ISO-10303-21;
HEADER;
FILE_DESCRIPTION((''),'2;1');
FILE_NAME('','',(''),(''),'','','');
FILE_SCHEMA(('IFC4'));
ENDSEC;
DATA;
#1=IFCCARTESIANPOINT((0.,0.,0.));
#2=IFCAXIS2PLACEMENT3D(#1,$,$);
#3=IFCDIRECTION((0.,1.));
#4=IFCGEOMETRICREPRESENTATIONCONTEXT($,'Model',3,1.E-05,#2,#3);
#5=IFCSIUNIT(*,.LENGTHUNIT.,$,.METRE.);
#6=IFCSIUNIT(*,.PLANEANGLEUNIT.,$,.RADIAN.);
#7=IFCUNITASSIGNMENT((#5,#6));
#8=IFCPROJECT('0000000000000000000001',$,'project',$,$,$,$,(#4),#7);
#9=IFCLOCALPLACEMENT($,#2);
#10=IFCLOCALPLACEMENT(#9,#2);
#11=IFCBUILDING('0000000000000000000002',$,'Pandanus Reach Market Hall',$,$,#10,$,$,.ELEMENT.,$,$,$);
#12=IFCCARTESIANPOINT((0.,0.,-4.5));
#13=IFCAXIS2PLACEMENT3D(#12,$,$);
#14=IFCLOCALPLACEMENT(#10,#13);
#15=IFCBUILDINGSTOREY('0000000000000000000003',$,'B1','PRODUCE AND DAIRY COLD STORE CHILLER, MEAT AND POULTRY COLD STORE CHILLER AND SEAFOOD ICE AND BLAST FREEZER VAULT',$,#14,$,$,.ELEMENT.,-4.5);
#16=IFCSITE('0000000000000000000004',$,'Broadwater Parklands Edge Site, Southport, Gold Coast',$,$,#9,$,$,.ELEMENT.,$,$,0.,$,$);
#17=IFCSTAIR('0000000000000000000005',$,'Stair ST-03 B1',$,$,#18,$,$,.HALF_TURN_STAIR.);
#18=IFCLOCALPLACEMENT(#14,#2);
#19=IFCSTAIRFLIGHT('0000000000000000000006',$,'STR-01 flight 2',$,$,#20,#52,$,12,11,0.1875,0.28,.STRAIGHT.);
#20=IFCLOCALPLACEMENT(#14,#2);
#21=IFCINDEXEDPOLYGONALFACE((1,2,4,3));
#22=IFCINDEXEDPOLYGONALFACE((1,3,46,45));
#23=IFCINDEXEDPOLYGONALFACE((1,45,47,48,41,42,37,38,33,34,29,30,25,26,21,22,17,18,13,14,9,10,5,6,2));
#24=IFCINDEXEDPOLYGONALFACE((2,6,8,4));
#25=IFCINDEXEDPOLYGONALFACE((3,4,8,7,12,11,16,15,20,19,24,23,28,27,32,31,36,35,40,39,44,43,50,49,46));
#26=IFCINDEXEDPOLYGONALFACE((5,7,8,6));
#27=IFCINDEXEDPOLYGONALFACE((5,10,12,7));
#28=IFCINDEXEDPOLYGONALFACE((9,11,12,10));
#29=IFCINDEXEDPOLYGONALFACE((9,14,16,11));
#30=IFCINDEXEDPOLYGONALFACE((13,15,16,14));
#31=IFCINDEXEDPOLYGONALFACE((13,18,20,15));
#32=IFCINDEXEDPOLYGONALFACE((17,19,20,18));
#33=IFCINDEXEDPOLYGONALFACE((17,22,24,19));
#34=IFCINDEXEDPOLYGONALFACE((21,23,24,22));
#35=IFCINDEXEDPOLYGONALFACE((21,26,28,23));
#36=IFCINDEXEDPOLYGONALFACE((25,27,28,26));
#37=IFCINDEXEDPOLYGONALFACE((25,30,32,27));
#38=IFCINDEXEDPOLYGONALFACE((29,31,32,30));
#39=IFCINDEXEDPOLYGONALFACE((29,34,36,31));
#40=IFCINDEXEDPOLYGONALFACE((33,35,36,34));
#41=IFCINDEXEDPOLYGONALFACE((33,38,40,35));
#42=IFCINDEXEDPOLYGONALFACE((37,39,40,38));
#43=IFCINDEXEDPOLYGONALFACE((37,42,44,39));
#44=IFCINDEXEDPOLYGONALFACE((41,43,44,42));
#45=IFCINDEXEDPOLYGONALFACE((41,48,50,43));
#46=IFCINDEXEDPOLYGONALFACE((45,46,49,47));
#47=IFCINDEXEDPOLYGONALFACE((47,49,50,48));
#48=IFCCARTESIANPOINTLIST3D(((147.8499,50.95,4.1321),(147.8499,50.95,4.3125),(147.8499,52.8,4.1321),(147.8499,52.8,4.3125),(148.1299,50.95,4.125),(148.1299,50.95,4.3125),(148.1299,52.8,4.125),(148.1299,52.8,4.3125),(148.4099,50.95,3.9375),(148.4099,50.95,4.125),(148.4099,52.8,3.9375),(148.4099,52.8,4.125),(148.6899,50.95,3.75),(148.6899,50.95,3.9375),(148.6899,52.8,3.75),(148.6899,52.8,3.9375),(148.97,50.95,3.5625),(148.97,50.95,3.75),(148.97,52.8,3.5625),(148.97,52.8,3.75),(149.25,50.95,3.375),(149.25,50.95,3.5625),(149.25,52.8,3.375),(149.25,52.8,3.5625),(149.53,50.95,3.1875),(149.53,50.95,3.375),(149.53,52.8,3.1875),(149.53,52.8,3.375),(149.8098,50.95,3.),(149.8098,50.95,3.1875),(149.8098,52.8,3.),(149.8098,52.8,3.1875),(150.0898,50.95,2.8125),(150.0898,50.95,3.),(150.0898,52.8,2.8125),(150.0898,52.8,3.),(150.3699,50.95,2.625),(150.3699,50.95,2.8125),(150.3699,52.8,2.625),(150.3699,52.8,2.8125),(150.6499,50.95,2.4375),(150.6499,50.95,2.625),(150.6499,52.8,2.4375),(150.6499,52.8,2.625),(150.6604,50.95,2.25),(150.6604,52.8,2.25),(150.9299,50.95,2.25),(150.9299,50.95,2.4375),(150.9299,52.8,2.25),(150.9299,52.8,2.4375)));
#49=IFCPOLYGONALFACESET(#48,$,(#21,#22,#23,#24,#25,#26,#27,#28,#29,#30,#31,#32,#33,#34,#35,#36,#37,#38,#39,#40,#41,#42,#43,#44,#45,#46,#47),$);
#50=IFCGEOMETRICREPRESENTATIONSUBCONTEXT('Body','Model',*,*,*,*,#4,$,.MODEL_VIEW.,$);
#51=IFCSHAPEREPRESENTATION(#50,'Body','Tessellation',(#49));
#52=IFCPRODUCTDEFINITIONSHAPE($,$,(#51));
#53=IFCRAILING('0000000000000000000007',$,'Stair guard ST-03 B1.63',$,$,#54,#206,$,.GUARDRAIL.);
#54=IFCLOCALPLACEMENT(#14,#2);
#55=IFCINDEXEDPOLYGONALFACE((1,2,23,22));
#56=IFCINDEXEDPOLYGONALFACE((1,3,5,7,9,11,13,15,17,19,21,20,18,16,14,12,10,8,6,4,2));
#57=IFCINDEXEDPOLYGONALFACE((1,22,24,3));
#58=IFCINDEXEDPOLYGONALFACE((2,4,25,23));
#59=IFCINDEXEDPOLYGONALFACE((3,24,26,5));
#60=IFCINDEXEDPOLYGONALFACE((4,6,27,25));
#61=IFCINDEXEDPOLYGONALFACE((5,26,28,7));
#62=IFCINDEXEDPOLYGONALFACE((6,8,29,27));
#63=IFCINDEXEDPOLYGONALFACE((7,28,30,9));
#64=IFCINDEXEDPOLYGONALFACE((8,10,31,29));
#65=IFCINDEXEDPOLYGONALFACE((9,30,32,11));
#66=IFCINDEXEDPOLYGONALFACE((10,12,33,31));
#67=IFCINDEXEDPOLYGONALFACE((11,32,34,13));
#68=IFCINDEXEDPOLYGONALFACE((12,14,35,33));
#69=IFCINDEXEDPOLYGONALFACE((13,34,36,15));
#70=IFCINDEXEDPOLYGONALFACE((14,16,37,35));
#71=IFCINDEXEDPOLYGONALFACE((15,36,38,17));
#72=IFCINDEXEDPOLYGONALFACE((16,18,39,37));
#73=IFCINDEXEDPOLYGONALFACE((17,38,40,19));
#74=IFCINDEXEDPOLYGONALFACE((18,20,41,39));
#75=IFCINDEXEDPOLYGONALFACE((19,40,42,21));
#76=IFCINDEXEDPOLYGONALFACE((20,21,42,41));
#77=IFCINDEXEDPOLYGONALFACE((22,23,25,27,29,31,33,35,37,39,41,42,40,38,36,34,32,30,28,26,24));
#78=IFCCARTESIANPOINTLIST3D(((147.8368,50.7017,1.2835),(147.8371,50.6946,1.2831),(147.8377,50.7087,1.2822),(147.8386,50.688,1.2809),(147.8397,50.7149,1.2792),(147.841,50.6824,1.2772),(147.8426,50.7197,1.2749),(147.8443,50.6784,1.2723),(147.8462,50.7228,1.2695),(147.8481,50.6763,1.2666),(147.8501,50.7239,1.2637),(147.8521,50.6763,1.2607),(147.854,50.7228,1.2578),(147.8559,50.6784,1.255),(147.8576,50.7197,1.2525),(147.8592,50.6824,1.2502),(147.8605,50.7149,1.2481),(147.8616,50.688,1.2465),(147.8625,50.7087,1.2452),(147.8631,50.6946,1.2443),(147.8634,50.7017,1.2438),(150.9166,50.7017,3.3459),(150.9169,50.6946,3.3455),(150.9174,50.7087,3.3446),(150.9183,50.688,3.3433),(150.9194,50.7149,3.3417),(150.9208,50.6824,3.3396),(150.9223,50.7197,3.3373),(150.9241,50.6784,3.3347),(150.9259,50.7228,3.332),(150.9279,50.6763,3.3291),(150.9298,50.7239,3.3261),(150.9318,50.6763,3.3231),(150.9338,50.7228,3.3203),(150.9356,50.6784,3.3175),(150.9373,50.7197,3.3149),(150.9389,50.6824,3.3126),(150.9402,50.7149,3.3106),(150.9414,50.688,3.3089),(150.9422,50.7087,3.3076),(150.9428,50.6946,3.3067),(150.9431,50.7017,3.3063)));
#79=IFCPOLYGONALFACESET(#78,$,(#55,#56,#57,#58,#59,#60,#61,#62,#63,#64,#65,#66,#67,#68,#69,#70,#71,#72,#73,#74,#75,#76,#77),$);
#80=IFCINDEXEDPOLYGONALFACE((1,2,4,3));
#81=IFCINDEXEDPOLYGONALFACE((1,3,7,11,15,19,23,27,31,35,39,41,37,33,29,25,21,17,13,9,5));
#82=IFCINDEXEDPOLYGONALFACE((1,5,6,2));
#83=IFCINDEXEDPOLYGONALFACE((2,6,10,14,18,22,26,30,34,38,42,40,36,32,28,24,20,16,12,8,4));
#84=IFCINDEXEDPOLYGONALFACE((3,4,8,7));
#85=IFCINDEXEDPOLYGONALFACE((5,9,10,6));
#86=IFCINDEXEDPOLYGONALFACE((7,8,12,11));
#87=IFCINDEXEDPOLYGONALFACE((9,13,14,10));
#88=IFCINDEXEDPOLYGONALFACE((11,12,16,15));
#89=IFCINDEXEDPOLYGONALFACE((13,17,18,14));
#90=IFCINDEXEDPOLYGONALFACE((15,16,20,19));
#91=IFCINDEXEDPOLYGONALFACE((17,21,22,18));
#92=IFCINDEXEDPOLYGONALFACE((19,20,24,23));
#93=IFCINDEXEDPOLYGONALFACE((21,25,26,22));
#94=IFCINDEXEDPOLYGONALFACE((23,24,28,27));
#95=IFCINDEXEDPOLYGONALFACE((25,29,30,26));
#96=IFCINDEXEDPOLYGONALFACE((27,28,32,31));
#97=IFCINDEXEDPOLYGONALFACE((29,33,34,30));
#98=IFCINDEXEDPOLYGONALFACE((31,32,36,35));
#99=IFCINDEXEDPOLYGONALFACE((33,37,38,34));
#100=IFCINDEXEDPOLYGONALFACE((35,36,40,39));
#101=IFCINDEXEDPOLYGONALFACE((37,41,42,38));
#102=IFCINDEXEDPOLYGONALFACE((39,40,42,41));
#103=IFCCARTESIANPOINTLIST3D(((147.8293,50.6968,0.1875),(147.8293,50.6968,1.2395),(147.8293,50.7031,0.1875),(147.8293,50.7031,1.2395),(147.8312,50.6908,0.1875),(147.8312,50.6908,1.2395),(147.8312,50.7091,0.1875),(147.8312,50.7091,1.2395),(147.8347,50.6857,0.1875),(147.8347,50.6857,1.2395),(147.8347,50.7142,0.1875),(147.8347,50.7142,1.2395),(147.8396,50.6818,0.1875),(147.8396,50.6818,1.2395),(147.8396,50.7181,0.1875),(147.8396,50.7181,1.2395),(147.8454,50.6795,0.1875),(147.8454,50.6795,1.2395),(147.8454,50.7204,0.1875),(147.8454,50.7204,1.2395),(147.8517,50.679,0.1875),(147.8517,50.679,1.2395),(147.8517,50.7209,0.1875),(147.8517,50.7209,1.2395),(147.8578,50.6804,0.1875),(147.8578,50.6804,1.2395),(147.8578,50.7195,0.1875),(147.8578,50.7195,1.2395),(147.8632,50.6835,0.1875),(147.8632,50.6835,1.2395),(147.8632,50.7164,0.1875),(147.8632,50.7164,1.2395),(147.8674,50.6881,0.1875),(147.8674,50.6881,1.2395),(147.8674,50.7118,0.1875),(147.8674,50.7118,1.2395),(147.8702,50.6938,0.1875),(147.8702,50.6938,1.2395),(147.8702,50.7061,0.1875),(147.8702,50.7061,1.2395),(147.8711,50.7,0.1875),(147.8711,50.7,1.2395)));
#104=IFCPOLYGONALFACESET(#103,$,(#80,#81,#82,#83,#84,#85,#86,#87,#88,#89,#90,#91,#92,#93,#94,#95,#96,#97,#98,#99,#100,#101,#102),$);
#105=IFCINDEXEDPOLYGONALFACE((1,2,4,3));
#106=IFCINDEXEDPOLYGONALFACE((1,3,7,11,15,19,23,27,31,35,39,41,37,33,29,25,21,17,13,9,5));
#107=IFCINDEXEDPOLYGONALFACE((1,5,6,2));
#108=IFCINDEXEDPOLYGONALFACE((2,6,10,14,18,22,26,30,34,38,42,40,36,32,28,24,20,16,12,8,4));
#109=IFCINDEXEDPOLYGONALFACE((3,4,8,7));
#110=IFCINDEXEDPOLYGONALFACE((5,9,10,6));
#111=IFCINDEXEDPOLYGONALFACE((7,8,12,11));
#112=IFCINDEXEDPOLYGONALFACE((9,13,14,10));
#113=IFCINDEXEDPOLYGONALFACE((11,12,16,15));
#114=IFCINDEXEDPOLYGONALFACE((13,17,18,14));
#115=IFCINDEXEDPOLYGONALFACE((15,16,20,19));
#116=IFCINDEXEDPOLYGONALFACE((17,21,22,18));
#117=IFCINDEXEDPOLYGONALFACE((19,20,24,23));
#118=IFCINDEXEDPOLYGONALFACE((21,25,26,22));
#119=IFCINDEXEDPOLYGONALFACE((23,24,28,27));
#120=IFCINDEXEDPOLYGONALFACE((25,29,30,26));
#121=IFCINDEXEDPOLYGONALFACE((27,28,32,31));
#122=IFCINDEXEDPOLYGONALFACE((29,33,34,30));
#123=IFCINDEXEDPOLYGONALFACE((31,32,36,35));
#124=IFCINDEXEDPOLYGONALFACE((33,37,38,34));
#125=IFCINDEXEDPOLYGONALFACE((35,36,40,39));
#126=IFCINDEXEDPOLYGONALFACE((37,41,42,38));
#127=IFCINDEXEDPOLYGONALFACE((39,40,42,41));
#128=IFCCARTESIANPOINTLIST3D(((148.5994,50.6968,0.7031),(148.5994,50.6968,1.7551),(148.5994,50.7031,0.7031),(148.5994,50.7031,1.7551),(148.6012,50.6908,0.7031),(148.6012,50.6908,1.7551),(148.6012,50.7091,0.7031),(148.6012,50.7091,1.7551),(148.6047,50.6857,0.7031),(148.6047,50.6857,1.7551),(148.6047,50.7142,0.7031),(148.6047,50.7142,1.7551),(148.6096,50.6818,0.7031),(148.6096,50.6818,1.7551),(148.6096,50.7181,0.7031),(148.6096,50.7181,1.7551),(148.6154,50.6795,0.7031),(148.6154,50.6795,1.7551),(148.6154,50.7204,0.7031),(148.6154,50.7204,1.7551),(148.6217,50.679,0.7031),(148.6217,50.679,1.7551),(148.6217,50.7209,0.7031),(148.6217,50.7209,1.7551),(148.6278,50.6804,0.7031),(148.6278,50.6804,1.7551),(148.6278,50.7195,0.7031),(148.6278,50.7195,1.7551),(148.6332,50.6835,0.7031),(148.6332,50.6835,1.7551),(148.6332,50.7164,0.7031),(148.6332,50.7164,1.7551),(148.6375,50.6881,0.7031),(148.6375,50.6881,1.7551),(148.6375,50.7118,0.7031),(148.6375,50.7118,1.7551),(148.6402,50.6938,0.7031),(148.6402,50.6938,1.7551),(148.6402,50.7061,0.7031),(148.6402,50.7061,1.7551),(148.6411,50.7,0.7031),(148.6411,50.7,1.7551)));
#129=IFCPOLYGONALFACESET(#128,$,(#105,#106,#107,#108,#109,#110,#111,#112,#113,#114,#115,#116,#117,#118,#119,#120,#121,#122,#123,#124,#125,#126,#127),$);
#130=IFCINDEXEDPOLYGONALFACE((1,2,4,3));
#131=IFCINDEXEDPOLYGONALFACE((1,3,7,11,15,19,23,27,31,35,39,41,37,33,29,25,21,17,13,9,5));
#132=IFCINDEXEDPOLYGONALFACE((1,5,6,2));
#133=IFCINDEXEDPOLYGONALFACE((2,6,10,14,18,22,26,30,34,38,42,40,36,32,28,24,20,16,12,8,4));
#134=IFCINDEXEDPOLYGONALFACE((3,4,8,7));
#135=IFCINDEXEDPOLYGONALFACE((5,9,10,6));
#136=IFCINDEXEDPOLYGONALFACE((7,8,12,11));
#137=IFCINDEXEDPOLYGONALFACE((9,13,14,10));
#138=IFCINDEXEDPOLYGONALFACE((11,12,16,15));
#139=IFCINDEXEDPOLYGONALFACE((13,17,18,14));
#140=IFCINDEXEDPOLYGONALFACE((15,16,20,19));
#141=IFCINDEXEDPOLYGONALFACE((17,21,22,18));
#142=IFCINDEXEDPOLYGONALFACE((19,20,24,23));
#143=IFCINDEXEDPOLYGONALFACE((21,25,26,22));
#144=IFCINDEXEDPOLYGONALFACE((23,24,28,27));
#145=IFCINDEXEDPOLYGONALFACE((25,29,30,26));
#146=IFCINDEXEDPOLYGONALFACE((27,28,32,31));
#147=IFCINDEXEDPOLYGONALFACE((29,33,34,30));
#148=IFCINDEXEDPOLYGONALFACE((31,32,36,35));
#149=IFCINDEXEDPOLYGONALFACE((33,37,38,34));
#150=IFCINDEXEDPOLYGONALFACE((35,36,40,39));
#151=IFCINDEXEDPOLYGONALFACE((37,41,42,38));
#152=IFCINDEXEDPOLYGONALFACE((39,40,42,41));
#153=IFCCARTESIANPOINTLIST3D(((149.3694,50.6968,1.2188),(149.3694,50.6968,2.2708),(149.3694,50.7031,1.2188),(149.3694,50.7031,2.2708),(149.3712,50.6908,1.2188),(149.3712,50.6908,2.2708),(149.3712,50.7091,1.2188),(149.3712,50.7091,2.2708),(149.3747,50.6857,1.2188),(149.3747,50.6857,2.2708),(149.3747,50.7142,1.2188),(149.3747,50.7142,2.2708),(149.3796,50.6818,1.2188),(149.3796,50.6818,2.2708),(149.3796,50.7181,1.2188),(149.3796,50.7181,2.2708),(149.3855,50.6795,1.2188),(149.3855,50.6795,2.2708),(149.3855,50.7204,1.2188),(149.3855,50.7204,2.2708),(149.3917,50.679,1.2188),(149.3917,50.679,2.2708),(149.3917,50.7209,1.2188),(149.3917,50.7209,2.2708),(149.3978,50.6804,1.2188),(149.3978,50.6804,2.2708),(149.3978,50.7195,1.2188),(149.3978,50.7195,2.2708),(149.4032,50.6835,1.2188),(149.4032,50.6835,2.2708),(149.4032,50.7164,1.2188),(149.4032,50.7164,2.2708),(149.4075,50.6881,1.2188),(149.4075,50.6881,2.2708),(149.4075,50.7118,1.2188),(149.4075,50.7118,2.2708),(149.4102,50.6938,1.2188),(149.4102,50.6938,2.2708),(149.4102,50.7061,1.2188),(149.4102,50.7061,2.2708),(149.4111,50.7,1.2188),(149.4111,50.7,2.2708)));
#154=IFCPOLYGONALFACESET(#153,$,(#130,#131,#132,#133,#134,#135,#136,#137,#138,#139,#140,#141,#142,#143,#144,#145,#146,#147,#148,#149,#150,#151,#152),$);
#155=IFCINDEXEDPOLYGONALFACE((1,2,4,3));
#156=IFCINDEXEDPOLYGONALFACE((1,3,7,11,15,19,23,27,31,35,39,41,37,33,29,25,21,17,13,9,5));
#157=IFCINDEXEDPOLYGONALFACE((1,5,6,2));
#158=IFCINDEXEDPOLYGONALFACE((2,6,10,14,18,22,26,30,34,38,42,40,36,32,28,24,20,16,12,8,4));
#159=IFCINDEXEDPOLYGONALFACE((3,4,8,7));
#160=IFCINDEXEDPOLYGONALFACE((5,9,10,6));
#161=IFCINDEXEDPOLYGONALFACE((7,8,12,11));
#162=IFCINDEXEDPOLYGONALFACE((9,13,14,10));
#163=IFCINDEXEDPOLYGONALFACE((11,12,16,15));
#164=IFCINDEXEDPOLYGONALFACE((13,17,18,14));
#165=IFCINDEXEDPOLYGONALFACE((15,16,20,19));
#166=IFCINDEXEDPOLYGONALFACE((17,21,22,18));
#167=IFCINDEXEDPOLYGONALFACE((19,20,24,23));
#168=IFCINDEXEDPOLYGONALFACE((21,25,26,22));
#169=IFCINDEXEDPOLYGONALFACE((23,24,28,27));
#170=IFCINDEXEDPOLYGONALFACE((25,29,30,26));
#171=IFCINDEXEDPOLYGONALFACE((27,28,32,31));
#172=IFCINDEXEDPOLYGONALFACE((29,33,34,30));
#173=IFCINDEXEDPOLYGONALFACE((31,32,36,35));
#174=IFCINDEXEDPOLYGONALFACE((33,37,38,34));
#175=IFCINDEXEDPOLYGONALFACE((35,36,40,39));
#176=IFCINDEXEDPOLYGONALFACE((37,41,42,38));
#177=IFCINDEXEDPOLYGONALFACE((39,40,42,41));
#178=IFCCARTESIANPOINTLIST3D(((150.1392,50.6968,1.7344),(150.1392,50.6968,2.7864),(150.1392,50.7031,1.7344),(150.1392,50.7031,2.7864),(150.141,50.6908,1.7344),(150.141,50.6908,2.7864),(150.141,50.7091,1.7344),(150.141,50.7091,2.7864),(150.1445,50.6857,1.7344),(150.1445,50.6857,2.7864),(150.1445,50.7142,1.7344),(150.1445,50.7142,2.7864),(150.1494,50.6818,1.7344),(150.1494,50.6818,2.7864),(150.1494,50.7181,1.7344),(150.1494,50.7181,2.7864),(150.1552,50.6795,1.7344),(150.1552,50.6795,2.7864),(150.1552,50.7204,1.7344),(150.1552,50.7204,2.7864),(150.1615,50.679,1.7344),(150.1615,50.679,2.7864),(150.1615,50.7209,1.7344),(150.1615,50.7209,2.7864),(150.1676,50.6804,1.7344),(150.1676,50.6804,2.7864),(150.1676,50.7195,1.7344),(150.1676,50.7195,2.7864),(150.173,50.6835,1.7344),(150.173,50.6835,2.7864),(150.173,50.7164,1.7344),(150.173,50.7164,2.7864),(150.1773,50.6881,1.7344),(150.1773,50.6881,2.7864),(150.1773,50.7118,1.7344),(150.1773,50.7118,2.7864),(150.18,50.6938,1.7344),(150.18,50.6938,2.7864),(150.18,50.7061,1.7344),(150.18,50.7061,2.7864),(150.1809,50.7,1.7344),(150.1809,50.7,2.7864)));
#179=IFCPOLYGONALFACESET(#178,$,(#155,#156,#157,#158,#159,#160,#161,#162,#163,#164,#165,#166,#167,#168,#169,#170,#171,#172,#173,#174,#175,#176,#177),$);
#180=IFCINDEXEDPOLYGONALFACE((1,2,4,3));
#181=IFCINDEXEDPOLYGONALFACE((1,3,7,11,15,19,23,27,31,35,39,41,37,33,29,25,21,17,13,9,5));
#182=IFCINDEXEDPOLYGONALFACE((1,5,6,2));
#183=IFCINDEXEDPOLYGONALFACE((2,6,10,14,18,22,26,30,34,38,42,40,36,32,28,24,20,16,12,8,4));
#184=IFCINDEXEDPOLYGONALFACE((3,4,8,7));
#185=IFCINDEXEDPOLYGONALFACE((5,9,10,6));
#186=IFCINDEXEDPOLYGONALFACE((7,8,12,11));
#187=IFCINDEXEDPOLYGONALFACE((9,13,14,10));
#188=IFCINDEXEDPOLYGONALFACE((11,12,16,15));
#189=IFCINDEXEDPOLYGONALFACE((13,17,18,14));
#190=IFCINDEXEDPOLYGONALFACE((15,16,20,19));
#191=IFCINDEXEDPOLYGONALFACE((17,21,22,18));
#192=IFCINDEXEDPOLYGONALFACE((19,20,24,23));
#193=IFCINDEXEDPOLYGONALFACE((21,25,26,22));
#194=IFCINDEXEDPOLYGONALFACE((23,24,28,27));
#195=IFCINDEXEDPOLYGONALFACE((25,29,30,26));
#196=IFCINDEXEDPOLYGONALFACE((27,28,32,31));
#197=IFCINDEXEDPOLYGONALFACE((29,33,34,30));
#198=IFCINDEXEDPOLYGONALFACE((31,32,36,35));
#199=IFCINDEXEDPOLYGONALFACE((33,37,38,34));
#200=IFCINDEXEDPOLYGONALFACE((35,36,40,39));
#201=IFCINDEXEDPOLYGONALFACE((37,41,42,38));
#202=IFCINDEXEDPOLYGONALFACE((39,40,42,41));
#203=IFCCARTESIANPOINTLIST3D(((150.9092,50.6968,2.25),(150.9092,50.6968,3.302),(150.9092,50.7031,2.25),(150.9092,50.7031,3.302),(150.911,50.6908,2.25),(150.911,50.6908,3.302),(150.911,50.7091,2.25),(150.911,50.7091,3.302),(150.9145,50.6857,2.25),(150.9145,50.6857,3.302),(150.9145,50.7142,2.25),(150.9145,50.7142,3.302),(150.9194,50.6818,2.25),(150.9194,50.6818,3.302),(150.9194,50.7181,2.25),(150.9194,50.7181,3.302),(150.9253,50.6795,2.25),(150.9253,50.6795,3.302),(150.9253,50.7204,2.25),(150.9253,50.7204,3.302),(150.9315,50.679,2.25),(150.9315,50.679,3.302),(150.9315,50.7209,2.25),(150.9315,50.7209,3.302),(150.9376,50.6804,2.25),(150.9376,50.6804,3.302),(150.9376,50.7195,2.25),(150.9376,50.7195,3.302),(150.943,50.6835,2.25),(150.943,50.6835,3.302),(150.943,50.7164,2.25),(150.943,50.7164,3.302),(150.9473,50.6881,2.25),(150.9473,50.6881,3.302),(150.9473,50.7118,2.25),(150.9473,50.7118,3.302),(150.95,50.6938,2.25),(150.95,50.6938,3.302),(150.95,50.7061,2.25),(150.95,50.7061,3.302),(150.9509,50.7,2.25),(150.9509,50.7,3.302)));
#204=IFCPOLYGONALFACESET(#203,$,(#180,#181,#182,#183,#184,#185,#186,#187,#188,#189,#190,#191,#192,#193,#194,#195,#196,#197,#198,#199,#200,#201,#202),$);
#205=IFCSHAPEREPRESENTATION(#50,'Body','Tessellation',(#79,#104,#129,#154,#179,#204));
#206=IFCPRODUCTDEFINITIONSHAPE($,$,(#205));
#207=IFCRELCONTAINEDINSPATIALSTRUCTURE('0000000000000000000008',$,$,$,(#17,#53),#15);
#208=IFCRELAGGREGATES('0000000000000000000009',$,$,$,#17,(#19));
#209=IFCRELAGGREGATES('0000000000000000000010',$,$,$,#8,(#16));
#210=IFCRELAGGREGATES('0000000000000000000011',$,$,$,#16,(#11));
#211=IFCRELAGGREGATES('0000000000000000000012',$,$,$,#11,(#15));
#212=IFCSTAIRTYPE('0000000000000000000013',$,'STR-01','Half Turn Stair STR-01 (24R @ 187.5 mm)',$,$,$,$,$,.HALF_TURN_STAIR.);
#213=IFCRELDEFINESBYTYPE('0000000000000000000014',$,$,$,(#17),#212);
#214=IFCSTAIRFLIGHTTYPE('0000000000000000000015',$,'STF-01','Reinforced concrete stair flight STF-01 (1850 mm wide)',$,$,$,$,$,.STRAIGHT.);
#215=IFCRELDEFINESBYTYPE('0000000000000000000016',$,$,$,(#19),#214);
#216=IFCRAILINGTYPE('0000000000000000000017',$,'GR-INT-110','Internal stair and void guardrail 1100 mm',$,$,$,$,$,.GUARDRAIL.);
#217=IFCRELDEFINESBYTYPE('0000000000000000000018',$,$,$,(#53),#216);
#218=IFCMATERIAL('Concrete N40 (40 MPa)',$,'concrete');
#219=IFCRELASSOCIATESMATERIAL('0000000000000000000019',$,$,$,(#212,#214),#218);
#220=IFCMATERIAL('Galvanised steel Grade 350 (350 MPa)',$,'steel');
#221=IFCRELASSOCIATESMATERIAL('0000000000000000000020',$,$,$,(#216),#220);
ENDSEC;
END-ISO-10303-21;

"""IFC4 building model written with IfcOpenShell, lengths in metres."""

from ifc_helpers import new_model, si_unit, direction, frame, origin, origin_2d, place, context, subcontext, project, spatial, polyline, circle, outline, extrude, material, type_object, element, aggregate, save


model = new_model("IFC4")

# Units and contexts
model_context = context("Model", 3, precision=1e-05, world=origin(), true_north=direction((0.0, 1.0)))
body_context = subcontext(model_context, "Body", "Model", "MODEL_VIEW")
ifc_project = project(units=[si_unit("LENGTHUNIT", "METRE"), si_unit("PLANEANGLEUNIT", "RADIAN")], contexts=[model_context])

# Site, building, storey
site_placement = place(None, origin())
site = spatial("IfcSite", under=ifc_project, at=site_placement, Name="Broadwater Parklands Edge Site, Southport, Gold Coast", CompositionType="ELEMENT", RefElevation=0.0)
building_placement = place(site_placement, origin())
building = spatial("IfcBuilding", under=site, at=building_placement, Name="Pandanus Reach Market Hall", CompositionType="ELEMENT")
storey_placement = place(building_placement, frame((0.0, 0.0, -4.5)))
storey = spatial("IfcBuildingStorey", under=building, at=storey_placement, Name="B1", Description="PRODUCE AND DAIRY COLD STORE CHILLER, MEAT AND POULTRY COLD STORE CHILLER AND SEAFOOD ICE AND BLAST FREEZER VAULT", CompositionType="ELEMENT", Elevation=-4.5)

# Shared definitions
ifc_material_1 = material(Name="Concrete N40 (40 MPa)", Category="concrete")

# Stair, stair flight
stair_type = type_object("IfcStairType", Name="STR-01", Description="Half Turn Stair STR-01 (24R @ 187.5 mm)", PredefinedType="HALF_TURN_STAIR", material=ifc_material_1)
stair_placement = place(storey_placement, origin())
stair = element("IfcStair", 1, at=stair_placement, inside=storey, type_object=stair_type, Name="Stair ST-03 B1", PredefinedType="HALF_TURN_STAIR")
stair_flight_type = type_object("IfcStairFlightType", Name="STF-01", Description="Reinforced concrete stair flight STF-01 (1850 mm wide)", PredefinedType="STRAIGHT", material=ifc_material_1)
stair_flight_1_placement = place(storey_placement, frame((150.9299, 51.875, 2.25), z_axis=(0.0, 0.0, 1.0), x_axis=(-1.0, 0.0, 0.0)))
stair_flight_1 = element("IfcStairFlight", 2, at=stair_flight_1_placement, type_object=stair_flight_type, Name="STR-01 flight 2", NumberOfRisers=12, NumberOfTreads=11, PredefinedType="STRAIGHT", RiserHeight=0.1875, TreadLength=0.28, context=body_context, shape_type="SweptSolid", body=[
    extrude(outline(polyline([(0.0, 0.0), (0.0, 0.1875), (0.28, 0.1875), (0.28, 0.375), (0.5601, 0.375), (0.5601, 0.5625), (0.8401, 0.5625), (0.8401, 0.75), (1.1201, 0.75), (1.1201, 0.9375), (1.3999, 0.9375), (1.3999, 1.125), (1.6799, 1.125), (1.6799, 1.3125), (1.96, 1.3125), (1.96, 1.5), (2.24, 1.5), (2.24, 1.6875), (2.52, 1.6875), (2.52, 1.875), (2.8, 1.875), (2.8, 2.0625), (3.0801, 2.0625), (3.0801, 2.25), (3.0801, 1.8821), (0.2695, 0.0), (0.0, 0.0)])), frame((0.0, 0.925, 0.0), z_axis=(0.0, -1.0, 0.0), x_axis=(1.0, 0.0, 0.0)), (0.0, 0.0, 1.0), 1.8501),
])
aggregate(stair, [stair_flight_1])

# Railing
ifc_material_2 = material(Name="Galvanised steel Grade 350 (350 MPa)", Category="steel")
railing_type_1 = type_object("IfcRailingType", Name="GR-INT-110", Description="Internal stair and void guardrail 1100 mm", PredefinedType="GUARDRAIL", material=ifc_material_2)
railing_1_placement = place(storey_placement, frame((147.8501, 50.7, 0.1875)))
element("IfcRailing", 3, at=railing_1_placement, inside=storey, type_object=railing_type_1, Name="Stair guard ST-03 B1.63", PredefinedType="GUARDRAIL", context=body_context, shape_type="SweptSolid", body=[
    extrude(circle(Radius=0.0239, at=origin_2d()), frame((0.0, 0.0, 1.0762), z_axis=(0.830893, 0.0, 0.556432), x_axis=(0.0, 1.0, 0.0)), (0.0, 0.0, 1.0), 3.7065),
    extrude(circle(Radius=0.021, at=origin_2d()), origin(), (0.0, 0.0, 1.0), 1.052),
    extrude(circle(Radius=0.021, at=origin_2d()), frame((0.77, 0.0, 0.5156)), (0.0, 0.0, 1.0), 1.052),
    extrude(circle(Radius=0.021, at=origin_2d()), frame((1.54, 0.0, 1.0312)), (0.0, 0.0, 1.0), 1.052),
    extrude(circle(Radius=0.021, at=origin_2d()), frame((2.3098, 0.0, 1.5469)), (0.0, 0.0, 1.0), 1.052),
    extrude(circle(Radius=0.021, at=origin_2d()), frame((3.0798, 0.0, 2.0625)), (0.0, 0.0, 1.0), 1.052),
])

save(model, "model.ifc")
